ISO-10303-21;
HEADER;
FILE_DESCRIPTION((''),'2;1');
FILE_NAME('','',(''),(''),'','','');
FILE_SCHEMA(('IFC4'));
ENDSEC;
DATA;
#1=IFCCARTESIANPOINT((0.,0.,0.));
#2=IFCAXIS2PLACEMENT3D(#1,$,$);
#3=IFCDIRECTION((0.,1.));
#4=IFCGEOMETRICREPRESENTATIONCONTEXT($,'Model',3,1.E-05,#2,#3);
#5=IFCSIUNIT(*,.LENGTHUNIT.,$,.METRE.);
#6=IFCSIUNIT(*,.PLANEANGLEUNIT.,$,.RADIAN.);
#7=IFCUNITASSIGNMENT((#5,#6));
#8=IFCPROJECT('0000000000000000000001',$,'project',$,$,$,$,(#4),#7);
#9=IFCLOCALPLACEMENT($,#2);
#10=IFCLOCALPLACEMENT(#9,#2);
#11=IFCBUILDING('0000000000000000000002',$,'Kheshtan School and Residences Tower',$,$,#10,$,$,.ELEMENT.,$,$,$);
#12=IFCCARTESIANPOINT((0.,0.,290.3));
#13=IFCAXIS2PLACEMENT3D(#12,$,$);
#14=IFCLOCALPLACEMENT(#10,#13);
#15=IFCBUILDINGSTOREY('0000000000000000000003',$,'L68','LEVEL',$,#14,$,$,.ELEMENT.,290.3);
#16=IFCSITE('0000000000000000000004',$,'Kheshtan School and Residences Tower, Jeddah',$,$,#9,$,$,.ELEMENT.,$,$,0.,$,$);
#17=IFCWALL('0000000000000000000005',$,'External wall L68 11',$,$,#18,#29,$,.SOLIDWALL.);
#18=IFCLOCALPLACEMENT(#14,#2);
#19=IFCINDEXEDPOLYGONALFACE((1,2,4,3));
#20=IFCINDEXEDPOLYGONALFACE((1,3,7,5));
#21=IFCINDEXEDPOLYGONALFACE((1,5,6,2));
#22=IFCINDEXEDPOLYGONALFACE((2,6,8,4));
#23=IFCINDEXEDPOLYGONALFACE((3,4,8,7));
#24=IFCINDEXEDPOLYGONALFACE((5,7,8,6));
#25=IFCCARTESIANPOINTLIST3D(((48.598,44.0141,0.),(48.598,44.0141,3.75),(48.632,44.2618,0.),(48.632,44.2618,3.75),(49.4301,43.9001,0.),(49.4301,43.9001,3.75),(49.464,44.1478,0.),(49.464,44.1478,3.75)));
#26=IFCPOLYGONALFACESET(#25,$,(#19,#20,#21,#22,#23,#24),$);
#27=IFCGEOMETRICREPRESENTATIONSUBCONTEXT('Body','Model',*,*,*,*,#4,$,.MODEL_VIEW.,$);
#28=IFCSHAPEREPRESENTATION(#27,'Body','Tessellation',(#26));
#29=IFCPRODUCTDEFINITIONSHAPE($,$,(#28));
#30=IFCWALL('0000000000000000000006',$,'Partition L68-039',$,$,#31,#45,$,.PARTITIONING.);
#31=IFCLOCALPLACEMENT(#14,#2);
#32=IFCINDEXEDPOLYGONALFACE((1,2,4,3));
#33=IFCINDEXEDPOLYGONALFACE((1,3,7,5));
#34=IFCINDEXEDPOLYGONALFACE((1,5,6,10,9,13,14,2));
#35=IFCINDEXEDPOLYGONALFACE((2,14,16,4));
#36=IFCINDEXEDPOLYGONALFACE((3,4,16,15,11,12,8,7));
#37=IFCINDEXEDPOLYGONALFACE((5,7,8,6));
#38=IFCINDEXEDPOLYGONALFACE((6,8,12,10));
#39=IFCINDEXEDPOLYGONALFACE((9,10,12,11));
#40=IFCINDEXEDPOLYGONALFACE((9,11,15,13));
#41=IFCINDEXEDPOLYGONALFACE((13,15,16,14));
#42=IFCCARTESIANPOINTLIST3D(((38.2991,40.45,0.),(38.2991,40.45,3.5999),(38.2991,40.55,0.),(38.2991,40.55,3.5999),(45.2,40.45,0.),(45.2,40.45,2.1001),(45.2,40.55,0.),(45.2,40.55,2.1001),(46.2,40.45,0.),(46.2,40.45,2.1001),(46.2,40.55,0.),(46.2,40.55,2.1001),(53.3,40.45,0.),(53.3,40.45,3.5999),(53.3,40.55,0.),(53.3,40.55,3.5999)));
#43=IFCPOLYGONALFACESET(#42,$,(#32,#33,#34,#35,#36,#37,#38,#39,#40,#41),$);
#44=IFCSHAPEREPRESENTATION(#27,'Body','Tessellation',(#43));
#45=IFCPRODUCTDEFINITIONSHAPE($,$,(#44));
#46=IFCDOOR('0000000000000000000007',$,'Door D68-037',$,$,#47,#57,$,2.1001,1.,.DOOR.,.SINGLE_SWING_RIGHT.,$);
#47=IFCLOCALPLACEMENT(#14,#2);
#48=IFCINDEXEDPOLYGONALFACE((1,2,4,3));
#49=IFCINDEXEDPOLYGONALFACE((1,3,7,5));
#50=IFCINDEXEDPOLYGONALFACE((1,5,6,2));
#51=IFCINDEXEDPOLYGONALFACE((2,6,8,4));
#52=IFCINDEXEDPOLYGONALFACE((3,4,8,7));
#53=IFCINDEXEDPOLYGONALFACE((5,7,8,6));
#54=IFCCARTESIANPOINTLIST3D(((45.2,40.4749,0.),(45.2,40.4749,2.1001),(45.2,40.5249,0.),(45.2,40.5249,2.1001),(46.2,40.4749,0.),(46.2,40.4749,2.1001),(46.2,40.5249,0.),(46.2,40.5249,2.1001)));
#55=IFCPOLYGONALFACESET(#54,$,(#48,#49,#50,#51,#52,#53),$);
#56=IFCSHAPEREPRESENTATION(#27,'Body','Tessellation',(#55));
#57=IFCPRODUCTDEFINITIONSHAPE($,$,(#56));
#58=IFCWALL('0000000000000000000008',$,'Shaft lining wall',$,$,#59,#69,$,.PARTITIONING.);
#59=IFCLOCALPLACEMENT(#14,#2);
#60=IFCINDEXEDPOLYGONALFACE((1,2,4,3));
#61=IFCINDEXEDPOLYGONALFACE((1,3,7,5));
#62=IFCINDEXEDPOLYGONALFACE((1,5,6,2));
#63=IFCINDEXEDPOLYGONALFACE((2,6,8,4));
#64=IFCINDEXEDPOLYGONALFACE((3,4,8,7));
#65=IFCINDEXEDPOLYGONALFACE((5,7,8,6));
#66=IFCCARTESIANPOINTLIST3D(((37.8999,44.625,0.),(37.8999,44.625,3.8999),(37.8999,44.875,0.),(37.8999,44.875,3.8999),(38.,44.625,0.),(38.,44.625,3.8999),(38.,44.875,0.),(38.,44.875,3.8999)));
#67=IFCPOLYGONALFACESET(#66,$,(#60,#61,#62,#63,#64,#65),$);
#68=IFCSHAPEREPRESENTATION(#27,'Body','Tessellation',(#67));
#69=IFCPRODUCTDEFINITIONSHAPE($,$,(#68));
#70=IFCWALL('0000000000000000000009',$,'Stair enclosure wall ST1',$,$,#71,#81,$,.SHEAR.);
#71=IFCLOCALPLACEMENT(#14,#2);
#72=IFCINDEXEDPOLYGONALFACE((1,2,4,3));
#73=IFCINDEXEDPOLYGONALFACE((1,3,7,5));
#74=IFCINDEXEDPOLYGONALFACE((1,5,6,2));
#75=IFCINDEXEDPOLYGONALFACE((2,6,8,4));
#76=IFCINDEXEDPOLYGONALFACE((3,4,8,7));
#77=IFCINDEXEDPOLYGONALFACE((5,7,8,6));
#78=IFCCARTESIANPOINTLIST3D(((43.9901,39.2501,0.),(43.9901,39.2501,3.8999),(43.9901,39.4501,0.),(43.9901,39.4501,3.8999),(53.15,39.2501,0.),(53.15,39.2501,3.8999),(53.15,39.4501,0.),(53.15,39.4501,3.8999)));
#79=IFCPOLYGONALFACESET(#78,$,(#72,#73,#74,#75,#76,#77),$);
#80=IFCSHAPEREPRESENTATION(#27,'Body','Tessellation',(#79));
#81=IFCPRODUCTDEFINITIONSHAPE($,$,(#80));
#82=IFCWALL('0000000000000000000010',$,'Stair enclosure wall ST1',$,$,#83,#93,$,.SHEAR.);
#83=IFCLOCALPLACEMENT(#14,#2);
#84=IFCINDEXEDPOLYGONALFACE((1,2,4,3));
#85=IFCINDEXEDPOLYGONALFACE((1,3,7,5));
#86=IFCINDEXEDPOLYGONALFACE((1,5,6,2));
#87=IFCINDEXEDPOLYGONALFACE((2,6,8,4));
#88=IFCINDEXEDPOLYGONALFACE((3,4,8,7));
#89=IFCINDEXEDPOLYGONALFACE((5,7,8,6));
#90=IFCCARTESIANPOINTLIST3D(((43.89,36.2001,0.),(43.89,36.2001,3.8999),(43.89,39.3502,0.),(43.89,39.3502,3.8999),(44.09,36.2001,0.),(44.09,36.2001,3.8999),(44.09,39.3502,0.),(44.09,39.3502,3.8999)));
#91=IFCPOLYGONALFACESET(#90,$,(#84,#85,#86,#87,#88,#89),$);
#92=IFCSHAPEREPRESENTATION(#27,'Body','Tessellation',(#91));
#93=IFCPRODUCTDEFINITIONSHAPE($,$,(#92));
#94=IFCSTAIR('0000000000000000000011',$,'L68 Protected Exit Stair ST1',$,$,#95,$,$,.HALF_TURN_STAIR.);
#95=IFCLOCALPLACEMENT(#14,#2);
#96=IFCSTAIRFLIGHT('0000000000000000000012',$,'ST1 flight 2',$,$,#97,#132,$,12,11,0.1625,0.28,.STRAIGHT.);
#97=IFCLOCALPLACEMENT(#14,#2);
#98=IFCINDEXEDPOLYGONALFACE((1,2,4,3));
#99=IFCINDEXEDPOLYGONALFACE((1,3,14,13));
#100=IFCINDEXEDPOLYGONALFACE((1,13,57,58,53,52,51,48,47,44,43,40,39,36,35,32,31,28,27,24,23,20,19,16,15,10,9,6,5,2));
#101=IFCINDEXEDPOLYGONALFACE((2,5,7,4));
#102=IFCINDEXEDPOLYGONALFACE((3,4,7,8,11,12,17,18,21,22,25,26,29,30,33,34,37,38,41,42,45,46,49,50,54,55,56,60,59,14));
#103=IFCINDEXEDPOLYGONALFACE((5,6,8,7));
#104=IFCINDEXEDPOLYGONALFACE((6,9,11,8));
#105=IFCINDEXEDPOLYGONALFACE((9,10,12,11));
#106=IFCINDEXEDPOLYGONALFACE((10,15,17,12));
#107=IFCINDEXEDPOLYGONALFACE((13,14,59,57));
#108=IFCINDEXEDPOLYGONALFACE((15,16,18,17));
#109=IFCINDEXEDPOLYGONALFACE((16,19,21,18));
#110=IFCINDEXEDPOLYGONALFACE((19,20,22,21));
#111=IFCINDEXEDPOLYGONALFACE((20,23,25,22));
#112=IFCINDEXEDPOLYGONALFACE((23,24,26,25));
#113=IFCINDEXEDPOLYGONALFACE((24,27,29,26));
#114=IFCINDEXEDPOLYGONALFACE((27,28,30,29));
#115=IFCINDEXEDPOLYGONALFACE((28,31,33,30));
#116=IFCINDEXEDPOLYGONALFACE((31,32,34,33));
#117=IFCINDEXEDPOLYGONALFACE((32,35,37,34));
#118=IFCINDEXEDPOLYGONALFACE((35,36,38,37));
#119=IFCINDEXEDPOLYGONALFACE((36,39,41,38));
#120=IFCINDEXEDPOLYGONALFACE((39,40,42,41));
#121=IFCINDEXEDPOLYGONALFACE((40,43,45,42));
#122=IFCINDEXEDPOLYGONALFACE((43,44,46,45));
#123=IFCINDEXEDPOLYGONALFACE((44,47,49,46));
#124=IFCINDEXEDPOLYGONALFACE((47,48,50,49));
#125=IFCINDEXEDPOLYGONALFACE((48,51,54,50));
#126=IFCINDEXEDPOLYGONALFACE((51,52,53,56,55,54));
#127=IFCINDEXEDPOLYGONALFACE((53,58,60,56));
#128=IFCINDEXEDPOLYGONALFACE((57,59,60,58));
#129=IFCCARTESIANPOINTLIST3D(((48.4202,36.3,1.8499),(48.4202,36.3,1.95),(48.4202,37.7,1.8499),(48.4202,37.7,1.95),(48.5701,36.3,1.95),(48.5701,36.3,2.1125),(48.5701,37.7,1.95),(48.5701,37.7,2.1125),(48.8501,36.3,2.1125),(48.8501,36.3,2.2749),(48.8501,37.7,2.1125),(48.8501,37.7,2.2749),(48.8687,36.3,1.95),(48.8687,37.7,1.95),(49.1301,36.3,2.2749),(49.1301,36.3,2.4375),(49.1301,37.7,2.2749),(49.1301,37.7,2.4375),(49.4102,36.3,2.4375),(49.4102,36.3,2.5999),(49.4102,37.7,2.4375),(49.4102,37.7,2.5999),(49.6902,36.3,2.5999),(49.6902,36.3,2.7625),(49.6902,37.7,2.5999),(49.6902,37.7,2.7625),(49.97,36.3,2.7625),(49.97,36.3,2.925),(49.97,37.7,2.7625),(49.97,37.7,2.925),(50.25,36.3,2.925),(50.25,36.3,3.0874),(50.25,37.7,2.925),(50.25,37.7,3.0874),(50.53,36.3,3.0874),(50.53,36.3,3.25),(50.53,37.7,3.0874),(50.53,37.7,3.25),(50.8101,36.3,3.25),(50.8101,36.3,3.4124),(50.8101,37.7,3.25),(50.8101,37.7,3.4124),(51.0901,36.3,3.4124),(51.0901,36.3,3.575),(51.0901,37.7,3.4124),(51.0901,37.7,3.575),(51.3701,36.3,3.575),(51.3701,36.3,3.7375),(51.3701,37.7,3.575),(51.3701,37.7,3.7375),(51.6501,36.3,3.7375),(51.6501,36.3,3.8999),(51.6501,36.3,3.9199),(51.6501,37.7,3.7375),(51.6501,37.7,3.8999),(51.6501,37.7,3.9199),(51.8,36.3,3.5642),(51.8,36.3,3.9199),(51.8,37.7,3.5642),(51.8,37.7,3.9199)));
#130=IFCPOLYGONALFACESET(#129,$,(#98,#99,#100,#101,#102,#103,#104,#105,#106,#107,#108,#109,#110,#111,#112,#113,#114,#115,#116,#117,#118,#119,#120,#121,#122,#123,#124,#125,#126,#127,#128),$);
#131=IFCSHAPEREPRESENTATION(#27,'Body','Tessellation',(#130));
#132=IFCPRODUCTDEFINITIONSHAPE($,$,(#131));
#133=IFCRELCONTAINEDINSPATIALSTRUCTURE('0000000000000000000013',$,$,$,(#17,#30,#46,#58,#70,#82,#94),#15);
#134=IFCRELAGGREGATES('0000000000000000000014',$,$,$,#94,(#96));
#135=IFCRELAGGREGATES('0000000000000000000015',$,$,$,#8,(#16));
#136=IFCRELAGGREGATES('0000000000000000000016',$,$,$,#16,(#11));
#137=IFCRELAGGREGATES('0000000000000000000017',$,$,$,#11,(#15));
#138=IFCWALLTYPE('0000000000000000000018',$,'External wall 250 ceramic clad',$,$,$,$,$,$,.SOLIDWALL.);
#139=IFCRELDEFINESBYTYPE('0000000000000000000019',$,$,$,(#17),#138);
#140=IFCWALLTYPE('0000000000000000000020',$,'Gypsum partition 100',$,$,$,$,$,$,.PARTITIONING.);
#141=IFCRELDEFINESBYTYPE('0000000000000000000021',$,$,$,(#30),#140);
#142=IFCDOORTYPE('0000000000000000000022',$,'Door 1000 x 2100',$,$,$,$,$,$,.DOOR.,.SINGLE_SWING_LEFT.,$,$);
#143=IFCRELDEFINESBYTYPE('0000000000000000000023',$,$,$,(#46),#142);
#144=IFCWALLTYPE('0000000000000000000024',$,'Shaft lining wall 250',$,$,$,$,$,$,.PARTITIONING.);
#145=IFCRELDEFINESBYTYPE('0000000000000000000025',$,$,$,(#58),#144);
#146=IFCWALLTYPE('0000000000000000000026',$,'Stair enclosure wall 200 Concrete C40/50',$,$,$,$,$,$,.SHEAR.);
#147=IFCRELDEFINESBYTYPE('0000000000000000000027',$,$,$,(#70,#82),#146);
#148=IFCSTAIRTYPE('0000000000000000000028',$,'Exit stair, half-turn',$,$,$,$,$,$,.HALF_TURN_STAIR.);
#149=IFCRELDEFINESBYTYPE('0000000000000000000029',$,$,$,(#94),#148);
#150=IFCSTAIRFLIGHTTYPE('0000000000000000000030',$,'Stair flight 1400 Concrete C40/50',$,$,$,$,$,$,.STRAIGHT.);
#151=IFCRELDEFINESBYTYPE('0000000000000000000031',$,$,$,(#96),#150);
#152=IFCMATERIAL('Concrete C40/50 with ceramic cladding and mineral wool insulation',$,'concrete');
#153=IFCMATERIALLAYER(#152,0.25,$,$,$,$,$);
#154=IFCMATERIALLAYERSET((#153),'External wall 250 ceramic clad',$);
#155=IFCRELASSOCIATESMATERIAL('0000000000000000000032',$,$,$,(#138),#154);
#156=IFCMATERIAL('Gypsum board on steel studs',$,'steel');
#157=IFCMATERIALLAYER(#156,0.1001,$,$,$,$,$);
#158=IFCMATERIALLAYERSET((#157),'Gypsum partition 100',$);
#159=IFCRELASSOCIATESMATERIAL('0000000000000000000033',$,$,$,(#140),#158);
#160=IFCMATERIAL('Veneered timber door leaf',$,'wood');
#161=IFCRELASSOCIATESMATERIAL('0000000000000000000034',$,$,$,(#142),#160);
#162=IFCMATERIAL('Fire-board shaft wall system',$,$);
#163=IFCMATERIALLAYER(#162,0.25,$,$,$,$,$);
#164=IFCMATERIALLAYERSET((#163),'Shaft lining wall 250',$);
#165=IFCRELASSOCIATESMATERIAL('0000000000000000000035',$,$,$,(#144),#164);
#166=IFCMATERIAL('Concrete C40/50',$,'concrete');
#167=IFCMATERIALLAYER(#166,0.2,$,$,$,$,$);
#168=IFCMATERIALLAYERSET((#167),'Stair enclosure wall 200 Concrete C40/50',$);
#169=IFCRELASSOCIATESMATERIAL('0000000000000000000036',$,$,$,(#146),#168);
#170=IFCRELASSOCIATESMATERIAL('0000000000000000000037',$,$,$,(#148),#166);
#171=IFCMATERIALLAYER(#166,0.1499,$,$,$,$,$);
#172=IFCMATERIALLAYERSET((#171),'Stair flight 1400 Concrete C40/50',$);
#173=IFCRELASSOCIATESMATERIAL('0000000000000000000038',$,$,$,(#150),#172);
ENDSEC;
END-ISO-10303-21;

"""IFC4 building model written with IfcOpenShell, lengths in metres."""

from ifc_helpers import new_model, si_unit, direction, frame, frame_2d, origin, place, context, subcontext, project, spatial, polyline, rectangle, outline, extrude, source, transform, mapped, material, layer, layer_set, type_object, element, fill, aggregate, save


model = new_model("IFC4")

# Units and contexts
model_context = context("Model", 3, precision=1e-05, world=origin(), true_north=direction((0.0, 1.0)))
body_context = subcontext(model_context, "Body", "Model", "MODEL_VIEW")
ifc_project = project(units=[si_unit("LENGTHUNIT", "METRE"), si_unit("PLANEANGLEUNIT", "RADIAN")], contexts=[model_context])

# Site, building, storey
site_placement = place(None, origin())
site = spatial("IfcSite", under=ifc_project, at=site_placement, Name="Kheshtan School and Residences Tower, Jeddah", CompositionType="ELEMENT", RefElevation=0.0)
building_placement = place(site_placement, origin())
building = spatial("IfcBuilding", under=site, at=building_placement, Name="Kheshtan School and Residences Tower", CompositionType="ELEMENT")
storey_placement = place(building_placement, frame((0.0, 0.0, 290.3)))
storey = spatial("IfcBuildingStorey", under=building, at=storey_placement, Name="L68", Description="LEVEL", CompositionType="ELEMENT", Elevation=290.3)

# Shared definitions
ifc_material_1 = material(Name="Concrete C40/50 with ceramic cladding and mineral wool insulation", Category="concrete")
ifc_layer_1 = layer(ifc_material_1, 0.25)
ifc_layer_set_1 = layer_set([ifc_layer_1], Name="External wall 250 ceramic clad")
wall_type_1 = type_object("IfcWallType", Name="External wall 250 ceramic clad", PredefinedType="SOLIDWALL", material=ifc_layer_set_1)

# Wall
wall_1_placement = place(storey_placement, frame((48.615, 44.1379, 0.0), z_axis=(0.0, 0.0, 1.0), x_axis=(0.990742, -0.135762, 0.0)))
element("IfcWall", 1, at=wall_1_placement, inside=storey, type_object=wall_type_1, Name="External wall L68 11", PredefinedType="SOLIDWALL", context=body_context, shape_type="SweptSolid", body=[
    extrude(rectangle(XDim=0.8398, YDim=0.25, at=frame_2d((0.4199, 0.0))), origin(), (0.0, 0.0, 1.0), 3.75),
])

# Wall, opening, door
ifc_material_2 = material(Name="Gypsum board on steel studs", Category="steel")
ifc_layer_2 = layer(ifc_material_2, 0.1001)
ifc_layer_set_2 = layer_set([ifc_layer_2], Name="Gypsum partition 100")
wall_type_2 = type_object("IfcWallType", Name="Gypsum partition 100", PredefinedType="PARTITIONING", material=ifc_layer_set_2)
wall_2_placement = place(storey_placement, frame((38.2991, 40.5, 0.0), z_axis=(0.0, 0.0, 1.0), x_axis=(1.0, 0.0, 0.0)))
wall_2 = element("IfcWall", 2, at=wall_2_placement, inside=storey, type_object=wall_type_2, Name="Partition L68-039", PredefinedType="PARTITIONING", context=body_context, shape_type="SweptSolid", body=[
    extrude(rectangle(XDim=15.001, YDim=0.1001, at=frame_2d((7.5005, 0.0))), origin(), (0.0, 0.0, 1.0), 3.5999),
])
opening_1_placement = place(wall_2_placement, frame((6.9009, 0.0, 0.0)))
opening_1 = element("IfcOpeningElement", 3, at=opening_1_placement, cuts=wall_2, PredefinedType="OPENING", context=body_context, shape_type="SweptSolid", body=[
    extrude(rectangle(XDim=1.0, YDim=2.1001, at=frame_2d((0.5, 1.05))), frame((0.0, 0.0601, 0.0), z_axis=(0.0, -1.0, 0.0), x_axis=(1.0, 0.0, 0.0)), (0.0, 0.0, 1.0), 0.1201),
])
ifc_material_3 = material(Name="Veneered timber door leaf", Category="wood")
door_type_1 = type_object("IfcDoorType", Name="Door 1000 x 2100", OperationType="SINGLE_SWING_LEFT", PredefinedType="DOOR", material=ifc_material_3)
shared_shape_1 = source(origin(), body_context, "Body", "SweptSolid", [
    extrude(rectangle(XDim=1.0, YDim=2.1001, at=frame_2d((0.5, 1.05))), frame((0.0, 0.0249, 0.0), z_axis=(0.0, -1.0, 0.0), x_axis=(1.0, 0.0, 0.0)), (0.0, 0.0, 1.0), 0.05),
])
door_1_placement = place(opening_1_placement, origin())
door_1 = element("IfcDoor", 4, at=door_1_placement, inside=storey, type_object=door_type_1, Name="Door D68-037", OperationType="SINGLE_SWING_RIGHT", OverallHeight=2.1001, OverallWidth=1.0, PredefinedType="DOOR", context=body_context, shape_type="MappedRepresentation", body=[
    mapped(shared_shape_1, transform((0.0, 0.0, 0.0), x_axis=(1.0, 0.0, 0.0), y_axis=(0.0, 1.0, 0.0), z_axis=(0.0, 0.0, 1.0), scale=1.0)),
])
fill(opening_1, door_1)

# Walls
ifc_material_4 = material(Name="Fire-board shaft wall system")
ifc_layer_3 = layer(ifc_material_4, 0.25)
ifc_layer_set_3 = layer_set([ifc_layer_3], Name="Shaft lining wall 250")
wall_type_3 = type_object("IfcWallType", Name="Shaft lining wall 250", PredefinedType="PARTITIONING", material=ifc_layer_set_3)
wall_3_placement = place(storey_placement, frame((37.8999, 44.75, 0.0), z_axis=(0.0, 0.0, 1.0), x_axis=(1.0, 0.0, 0.0)))
element("IfcWall", 5, at=wall_3_placement, inside=storey, type_object=wall_type_3, Name="Shaft lining wall", PredefinedType="PARTITIONING", context=body_context, shape_type="SweptSolid", body=[
    extrude(rectangle(XDim=0.1001, YDim=0.25, at=frame_2d((0.05, 0.0))), origin(), (0.0, 0.0, 1.0), 3.8999),
])
ifc_material_5 = material(Name="Concrete C40/50", Category="concrete")
ifc_layer_4 = layer(ifc_material_5, 0.2)
ifc_layer_set_4 = layer_set([ifc_layer_4], Name="Stair enclosure wall 200 Concrete C40/50")
wall_type_4 = type_object("IfcWallType", Name="Stair enclosure wall 200 Concrete C40/50", PredefinedType="SHEAR", material=ifc_layer_set_4)
wall_4_placement = place(storey_placement, frame((43.99, 39.3501, 0.0), z_axis=(0.0, 0.0, 1.0), x_axis=(1.0, 0.0, 0.0)))
element("IfcWall", 6, at=wall_4_placement, inside=storey, type_object=wall_type_4, Name="Stair enclosure wall ST1", PredefinedType="SHEAR", context=body_context, shape_type="SweptSolid", body=[
    extrude(rectangle(XDim=9.1599, YDim=0.2, at=frame_2d((4.5801, 0.0))), origin(), (0.0, 0.0, 1.0), 3.8999),
])
wall_5_placement = place(storey_placement, frame((43.99, 36.2, 0.0), z_axis=(0.0, 0.0, 1.0), x_axis=(0.0, 1.0, 0.0)))
element("IfcWall", 7, at=wall_5_placement, inside=storey, type_object=wall_type_4, Name="Stair enclosure wall ST1", PredefinedType="SHEAR", context=body_context, shape_type="SweptSolid", body=[
    extrude(rectangle(XDim=3.1501, YDim=0.2, at=frame_2d((1.5752, 0.0))), origin(), (0.0, 0.0, 1.0), 3.8999),
])

# Stair, stair flight
stair_type = type_object("IfcStairType", Name="Exit stair, half-turn", PredefinedType="HALF_TURN_STAIR", material=ifc_material_5)
stair_placement = place(storey_placement, origin())
stair = element("IfcStair", 8, at=stair_placement, inside=storey, type_object=stair_type, Name="L68 Protected Exit Stair ST1", PredefinedType="HALF_TURN_STAIR")
ifc_layer_5 = layer(ifc_material_5, 0.1499)
ifc_layer_set_5 = layer_set([ifc_layer_5], Name="Stair flight 1400 Concrete C40/50")
stair_flight_type = type_object("IfcStairFlightType", Name="Stair flight 1400 Concrete C40/50", PredefinedType="STRAIGHT", material=ifc_layer_set_5)
stair_flight_placement = place(storey_placement, frame((48.5701, 37.0, 1.95), z_axis=(0.0, 0.0, 1.0), x_axis=(1.0, 0.0, 0.0)))
stair_flight = element("IfcStairFlight", 9, at=stair_flight_placement, type_object=stair_flight_type, Name="ST1 flight 2", NumberOfRisers=12, NumberOfTreads=11, PredefinedType="STRAIGHT", RiserHeight=0.1625, TreadLength=0.28, context=body_context, shape_type="SweptSolid", body=[
    extrude(outline(polyline([(-0.1499, -0.1001), (-0.1499, 0.0), (0.0, 0.0), (0.0, 0.1626), (0.28, 0.1626), (0.28, 0.325), (0.5601, 0.325), (0.5601, 0.4875), (0.8401, 0.4875), (0.8401, 0.6499), (1.1201, 0.6499), (1.1201, 0.8125), (1.3999, 0.8125), (1.3999, 0.9751), (1.6799, 0.9751), (1.6799, 1.1375), (1.96, 1.1375), (1.96, 1.3), (2.24, 1.3), (2.24, 1.4624), (2.52, 1.4624), (2.52, 1.625), (2.8, 1.625), (2.8, 1.7876), (3.0801, 1.7876), (3.0801, 1.95), (3.0801, 1.97), (3.23, 1.97), (3.23, 1.6143), (0.2986, 0.0), (-0.1499, -0.1001)])), frame((0.0, 0.7, 0.0), z_axis=(0.0, -1.0, 0.0), x_axis=(1.0, 0.0, 0.0)), (0.0, 0.0, 1.0), 1.3999),
])
aggregate(stair, [stair_flight])

save(model, "model.ifc")
